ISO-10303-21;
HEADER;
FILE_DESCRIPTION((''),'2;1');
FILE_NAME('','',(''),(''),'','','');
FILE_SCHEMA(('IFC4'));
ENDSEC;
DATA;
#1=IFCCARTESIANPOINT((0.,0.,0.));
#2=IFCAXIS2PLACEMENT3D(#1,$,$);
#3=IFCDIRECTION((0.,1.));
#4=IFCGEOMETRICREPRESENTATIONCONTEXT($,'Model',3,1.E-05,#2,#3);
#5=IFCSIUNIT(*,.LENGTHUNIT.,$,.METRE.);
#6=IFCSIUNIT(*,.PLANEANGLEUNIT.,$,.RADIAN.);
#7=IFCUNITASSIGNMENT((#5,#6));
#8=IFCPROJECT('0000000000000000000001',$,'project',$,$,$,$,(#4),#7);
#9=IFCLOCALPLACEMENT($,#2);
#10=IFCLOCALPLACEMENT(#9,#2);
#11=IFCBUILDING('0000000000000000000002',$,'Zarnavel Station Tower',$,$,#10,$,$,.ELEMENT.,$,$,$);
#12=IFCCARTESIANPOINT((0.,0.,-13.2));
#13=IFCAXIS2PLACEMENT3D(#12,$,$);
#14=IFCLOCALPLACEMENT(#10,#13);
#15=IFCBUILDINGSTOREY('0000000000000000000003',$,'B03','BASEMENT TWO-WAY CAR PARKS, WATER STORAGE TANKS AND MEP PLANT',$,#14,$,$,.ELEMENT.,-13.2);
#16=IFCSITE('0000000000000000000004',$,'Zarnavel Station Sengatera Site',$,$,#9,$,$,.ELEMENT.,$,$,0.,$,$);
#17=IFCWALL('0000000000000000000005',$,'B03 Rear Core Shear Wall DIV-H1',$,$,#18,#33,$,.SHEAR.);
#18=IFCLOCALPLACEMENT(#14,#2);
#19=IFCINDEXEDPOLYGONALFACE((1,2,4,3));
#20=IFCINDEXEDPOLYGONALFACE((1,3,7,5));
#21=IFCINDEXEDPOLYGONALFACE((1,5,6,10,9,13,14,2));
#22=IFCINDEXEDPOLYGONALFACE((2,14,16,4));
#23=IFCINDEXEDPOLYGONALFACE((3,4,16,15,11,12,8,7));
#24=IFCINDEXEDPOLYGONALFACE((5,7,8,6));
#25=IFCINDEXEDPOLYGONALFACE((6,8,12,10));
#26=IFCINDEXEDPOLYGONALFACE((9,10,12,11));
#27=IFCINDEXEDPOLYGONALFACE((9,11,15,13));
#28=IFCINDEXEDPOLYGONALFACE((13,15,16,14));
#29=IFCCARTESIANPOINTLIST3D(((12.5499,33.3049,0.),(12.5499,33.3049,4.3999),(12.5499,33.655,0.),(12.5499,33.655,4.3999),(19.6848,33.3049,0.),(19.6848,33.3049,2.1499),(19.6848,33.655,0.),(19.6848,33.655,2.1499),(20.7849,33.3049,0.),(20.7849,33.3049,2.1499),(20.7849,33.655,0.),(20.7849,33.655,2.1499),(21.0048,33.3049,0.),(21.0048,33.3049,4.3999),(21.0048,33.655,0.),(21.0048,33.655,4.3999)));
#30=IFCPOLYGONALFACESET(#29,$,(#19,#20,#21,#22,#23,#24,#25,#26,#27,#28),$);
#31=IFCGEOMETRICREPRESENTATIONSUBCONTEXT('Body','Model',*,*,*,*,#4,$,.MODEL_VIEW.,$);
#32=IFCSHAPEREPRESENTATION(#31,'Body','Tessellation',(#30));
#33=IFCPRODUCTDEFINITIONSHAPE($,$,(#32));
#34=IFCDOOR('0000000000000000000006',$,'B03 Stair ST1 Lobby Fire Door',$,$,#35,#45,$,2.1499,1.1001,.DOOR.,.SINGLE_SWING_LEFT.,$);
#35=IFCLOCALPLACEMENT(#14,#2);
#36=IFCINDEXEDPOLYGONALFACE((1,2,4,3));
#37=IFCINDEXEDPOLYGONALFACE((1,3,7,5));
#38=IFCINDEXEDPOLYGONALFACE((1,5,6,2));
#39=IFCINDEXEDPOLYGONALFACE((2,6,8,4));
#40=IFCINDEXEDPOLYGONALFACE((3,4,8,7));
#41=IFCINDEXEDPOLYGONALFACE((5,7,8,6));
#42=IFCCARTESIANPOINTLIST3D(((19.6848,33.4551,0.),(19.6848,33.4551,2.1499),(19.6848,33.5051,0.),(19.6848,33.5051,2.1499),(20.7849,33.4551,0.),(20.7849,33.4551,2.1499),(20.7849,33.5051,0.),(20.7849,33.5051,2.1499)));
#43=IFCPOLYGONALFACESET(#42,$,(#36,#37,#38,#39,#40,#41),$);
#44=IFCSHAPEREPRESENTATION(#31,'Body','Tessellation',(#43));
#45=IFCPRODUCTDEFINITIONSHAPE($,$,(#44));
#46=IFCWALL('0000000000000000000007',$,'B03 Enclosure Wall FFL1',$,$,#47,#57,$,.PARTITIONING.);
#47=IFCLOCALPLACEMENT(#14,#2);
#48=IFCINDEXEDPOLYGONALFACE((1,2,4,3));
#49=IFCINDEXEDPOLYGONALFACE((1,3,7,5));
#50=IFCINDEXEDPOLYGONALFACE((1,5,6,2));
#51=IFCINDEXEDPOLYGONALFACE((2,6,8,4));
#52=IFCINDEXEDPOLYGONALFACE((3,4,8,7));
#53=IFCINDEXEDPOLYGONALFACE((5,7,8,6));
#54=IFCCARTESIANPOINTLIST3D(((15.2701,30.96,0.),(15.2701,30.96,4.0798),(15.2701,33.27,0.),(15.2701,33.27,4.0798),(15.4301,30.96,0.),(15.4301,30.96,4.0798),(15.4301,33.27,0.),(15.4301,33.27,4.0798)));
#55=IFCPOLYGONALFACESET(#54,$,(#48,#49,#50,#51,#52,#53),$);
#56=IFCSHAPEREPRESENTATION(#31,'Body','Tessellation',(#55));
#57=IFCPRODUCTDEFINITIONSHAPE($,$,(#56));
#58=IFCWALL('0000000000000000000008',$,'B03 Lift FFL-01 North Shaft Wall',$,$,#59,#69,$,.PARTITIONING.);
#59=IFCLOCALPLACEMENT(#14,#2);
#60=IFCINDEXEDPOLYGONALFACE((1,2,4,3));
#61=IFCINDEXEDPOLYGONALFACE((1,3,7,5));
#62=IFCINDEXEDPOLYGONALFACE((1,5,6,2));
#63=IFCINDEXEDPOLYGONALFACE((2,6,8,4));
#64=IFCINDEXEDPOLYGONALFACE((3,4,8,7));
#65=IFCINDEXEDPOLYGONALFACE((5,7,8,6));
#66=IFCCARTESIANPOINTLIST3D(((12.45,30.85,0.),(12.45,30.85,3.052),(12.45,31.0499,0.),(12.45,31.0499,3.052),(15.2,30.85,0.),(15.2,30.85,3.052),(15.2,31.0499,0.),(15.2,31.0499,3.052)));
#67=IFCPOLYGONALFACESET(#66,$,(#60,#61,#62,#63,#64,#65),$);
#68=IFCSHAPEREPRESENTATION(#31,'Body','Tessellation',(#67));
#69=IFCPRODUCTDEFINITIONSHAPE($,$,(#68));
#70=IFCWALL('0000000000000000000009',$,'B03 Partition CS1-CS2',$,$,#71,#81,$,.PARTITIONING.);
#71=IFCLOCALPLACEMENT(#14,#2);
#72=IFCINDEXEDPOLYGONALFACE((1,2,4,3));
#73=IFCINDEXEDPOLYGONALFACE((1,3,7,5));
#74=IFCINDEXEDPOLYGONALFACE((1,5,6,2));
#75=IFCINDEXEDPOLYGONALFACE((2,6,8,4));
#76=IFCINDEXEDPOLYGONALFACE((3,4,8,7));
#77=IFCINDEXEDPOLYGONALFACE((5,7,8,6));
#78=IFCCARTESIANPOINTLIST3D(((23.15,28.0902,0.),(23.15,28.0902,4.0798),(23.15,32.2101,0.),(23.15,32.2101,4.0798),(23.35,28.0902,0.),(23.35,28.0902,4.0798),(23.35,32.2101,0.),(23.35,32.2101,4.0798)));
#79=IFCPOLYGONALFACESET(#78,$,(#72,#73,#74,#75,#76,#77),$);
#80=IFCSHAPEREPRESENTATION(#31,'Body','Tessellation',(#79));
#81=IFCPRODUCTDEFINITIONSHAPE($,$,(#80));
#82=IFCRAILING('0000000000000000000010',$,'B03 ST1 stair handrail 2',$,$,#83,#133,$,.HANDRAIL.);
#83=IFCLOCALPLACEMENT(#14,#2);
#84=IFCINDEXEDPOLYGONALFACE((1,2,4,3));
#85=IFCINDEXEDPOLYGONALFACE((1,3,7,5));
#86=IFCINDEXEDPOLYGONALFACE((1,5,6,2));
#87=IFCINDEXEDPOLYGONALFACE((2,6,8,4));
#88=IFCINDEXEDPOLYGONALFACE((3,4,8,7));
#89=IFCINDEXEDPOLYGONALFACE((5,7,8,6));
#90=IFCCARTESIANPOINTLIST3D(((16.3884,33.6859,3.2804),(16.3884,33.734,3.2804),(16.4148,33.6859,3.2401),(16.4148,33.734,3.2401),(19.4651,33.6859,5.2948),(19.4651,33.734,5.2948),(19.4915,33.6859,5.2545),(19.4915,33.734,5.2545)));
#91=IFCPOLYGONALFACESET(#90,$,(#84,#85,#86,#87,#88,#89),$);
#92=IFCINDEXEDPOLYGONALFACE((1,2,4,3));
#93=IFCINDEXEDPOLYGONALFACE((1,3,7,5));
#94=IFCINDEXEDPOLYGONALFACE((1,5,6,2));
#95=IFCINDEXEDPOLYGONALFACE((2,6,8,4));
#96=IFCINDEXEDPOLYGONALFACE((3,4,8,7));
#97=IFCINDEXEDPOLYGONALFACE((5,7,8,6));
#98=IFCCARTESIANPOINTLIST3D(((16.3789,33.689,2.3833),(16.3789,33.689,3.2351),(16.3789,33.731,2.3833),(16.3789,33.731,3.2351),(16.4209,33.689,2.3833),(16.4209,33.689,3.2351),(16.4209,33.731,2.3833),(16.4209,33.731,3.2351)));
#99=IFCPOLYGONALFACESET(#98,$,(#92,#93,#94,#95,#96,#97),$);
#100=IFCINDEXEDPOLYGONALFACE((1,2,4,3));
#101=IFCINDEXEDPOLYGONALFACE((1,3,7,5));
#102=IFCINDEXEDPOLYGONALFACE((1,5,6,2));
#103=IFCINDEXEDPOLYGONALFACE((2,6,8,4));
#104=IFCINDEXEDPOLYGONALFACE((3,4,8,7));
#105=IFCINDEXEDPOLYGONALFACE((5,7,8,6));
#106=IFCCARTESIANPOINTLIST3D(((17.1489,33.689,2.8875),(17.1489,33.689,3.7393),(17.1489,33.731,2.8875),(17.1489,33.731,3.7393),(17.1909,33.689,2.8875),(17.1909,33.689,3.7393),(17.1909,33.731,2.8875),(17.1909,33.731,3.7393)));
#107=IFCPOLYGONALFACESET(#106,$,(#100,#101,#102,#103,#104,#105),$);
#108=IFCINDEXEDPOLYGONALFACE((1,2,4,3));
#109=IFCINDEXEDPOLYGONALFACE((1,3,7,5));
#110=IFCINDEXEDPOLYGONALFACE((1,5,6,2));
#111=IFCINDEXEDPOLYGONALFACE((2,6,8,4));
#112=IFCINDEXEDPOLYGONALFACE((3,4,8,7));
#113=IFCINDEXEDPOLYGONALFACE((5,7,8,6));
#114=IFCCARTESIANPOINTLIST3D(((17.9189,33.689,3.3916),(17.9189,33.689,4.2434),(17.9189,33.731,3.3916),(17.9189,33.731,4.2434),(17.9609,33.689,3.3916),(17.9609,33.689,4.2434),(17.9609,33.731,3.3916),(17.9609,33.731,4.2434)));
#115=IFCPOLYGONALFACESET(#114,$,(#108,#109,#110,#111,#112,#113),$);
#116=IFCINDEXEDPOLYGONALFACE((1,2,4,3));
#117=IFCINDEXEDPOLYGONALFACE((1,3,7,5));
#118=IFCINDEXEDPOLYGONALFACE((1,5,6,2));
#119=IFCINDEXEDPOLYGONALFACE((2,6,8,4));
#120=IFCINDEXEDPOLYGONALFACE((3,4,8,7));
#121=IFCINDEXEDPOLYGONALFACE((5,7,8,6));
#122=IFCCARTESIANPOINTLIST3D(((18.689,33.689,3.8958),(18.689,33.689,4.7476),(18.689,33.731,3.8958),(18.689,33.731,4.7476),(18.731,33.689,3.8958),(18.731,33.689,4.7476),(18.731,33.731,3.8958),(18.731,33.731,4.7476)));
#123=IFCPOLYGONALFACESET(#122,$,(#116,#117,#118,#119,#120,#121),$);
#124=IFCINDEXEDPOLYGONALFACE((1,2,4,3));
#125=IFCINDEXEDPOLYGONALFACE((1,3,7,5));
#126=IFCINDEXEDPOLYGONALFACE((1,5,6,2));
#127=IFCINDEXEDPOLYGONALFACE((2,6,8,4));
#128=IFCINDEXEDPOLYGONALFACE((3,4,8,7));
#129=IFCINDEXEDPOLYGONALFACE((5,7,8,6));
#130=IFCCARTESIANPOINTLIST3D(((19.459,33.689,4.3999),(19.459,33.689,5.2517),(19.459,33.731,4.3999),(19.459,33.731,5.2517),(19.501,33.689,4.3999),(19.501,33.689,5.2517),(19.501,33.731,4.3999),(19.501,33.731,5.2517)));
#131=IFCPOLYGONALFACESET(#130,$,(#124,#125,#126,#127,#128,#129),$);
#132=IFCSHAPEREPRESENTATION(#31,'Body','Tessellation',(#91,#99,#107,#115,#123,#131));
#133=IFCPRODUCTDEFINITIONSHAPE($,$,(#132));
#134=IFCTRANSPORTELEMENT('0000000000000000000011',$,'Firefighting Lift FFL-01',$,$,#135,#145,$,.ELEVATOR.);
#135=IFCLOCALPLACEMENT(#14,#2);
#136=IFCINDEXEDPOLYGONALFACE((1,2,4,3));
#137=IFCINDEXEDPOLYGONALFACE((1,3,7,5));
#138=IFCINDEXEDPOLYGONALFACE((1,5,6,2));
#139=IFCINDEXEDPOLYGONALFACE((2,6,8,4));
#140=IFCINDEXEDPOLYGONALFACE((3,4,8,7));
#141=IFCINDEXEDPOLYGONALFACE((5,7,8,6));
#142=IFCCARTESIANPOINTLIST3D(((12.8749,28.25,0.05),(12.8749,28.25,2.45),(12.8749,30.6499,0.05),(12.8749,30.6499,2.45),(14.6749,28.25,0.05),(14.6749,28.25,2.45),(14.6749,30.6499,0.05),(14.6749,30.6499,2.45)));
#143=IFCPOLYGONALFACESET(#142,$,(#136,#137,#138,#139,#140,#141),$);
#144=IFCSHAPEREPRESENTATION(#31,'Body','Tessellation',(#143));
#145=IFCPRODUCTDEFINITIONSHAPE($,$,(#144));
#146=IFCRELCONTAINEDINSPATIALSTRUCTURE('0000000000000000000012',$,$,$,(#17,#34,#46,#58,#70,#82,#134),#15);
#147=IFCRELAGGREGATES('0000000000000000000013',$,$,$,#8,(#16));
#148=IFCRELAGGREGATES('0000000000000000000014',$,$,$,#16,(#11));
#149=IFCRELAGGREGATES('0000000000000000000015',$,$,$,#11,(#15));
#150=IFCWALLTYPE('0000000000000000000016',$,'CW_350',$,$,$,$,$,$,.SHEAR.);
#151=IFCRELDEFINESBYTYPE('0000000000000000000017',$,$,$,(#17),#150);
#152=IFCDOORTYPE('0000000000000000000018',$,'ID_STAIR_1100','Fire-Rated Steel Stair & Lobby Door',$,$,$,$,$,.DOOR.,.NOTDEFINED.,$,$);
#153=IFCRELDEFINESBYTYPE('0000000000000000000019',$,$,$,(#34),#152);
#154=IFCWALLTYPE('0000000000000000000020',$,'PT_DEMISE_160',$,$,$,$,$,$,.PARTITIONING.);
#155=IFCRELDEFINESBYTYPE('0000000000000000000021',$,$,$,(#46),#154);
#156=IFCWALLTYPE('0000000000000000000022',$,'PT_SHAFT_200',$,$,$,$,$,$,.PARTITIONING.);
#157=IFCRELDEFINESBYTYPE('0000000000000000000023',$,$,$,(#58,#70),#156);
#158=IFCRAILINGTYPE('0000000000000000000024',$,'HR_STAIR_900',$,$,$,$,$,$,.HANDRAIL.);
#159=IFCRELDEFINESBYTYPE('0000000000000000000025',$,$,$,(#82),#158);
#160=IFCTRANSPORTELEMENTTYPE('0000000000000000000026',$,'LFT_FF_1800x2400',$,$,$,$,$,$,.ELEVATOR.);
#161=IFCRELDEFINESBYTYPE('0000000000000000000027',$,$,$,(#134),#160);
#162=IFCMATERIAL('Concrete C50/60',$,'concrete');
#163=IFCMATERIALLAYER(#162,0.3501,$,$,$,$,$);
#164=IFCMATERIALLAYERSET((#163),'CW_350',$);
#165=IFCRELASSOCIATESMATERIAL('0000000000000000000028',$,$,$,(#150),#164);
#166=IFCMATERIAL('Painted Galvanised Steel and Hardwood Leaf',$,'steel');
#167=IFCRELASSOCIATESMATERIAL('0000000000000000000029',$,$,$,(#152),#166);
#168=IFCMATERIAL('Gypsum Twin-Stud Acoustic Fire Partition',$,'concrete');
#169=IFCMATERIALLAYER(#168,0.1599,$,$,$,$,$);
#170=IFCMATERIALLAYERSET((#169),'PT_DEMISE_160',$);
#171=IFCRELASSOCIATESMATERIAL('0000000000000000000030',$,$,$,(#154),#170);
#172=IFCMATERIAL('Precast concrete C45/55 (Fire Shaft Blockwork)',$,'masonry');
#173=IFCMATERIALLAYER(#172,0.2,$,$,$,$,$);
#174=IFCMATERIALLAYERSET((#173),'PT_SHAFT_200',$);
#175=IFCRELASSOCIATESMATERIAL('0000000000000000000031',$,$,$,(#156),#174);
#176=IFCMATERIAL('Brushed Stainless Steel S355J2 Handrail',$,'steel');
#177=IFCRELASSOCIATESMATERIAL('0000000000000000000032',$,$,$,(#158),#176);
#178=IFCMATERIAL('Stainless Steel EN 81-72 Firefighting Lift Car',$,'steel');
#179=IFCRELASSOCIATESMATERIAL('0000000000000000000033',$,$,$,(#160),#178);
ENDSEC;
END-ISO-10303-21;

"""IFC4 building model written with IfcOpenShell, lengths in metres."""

from ifc_helpers import new_model, si_unit, direction, frame, frame_2d, origin, origin_2d, place, context, subcontext, project, spatial, rectangle, extrude, material, layer, layer_set, type_object, element, fill, save


model = new_model("IFC4")

# Units and contexts
model_context = context("Model", 3, precision=1e-05, world=origin(), true_north=direction((0.0, 1.0)))
body_context = subcontext(model_context, "Body", "Model", "MODEL_VIEW")
ifc_project = project(units=[si_unit("LENGTHUNIT", "METRE"), si_unit("PLANEANGLEUNIT", "RADIAN")], contexts=[model_context])

# Site, building, storey
site_placement = place(None, origin())
site = spatial("IfcSite", under=ifc_project, at=site_placement, Name="Zarnavel Station Sengatera Site", CompositionType="ELEMENT", RefElevation=0.0)
building_placement = place(site_placement, origin())
building = spatial("IfcBuilding", under=site, at=building_placement, Name="Zarnavel Station Tower", CompositionType="ELEMENT")
storey_placement = place(building_placement, frame((0.0, 0.0, -13.2)))
storey = spatial("IfcBuildingStorey", under=building, at=storey_placement, Name="B03", Description="BASEMENT TWO-WAY CAR PARKS, WATER STORAGE TANKS AND MEP PLANT", CompositionType="ELEMENT", Elevation=-13.2)

# Shared definitions
ifc_material_1 = material(Name="Concrete C50/60", Category="concrete")
ifc_layer_1 = layer(ifc_material_1, 0.3501)
ifc_layer_set_1 = layer_set([ifc_layer_1], Name="CW_350")
wall_type_1 = type_object("IfcWallType", Name="CW_350", PredefinedType="SHEAR", material=ifc_layer_set_1)

# Wall, opening, door
wall_1_placement = place(storey_placement, frame((21.0049, 33.48, 0.0), z_axis=(0.0, 0.0, 1.0), x_axis=(-1.0, 0.0, 0.0)))
wall_1 = element("IfcWall", 1, at=wall_1_placement, inside=storey, type_object=wall_type_1, Name="B03 Rear Core Shear Wall DIV-H1", PredefinedType="SHEAR", context=body_context, shape_type="SweptSolid", body=[
    extrude(rectangle(XDim=8.4548, YDim=0.3501, at=frame_2d((4.2275, 0.0))), origin(), (0.0, 0.0, 1.0), 4.3999),
])
opening_1_placement = place(wall_1_placement, frame((0.22, 0.0, 0.0)))
opening_1 = element("IfcOpeningElement", 2, at=opening_1_placement, cuts=wall_1, PredefinedType="OPENING", context=body_context, shape_type="SweptSolid", body=[
    extrude(rectangle(XDim=1.1001, YDim=2.1499, at=frame_2d((0.55, 1.075))), frame((0.0, 0.1851, 0.0), z_axis=(0.0, -1.0, 0.0), x_axis=(1.0, 0.0, 0.0)), (0.0, 0.0, 1.0), 0.3701),
])
ifc_material_2 = material(Name="Painted Galvanised Steel and Hardwood Leaf", Category="steel")
door_type_1 = type_object("IfcDoorType", Name="ID_STAIR_1100", Description="Fire-Rated Steel Stair & Lobby Door", OperationType="NOTDEFINED", PredefinedType="DOOR", material=ifc_material_2)
door_1_placement = place(opening_1_placement, origin())
door_1 = element("IfcDoor", 3, at=door_1_placement, inside=storey, type_object=door_type_1, Name="B03 Stair ST1 Lobby Fire Door", OperationType="SINGLE_SWING_LEFT", OverallHeight=2.1499, OverallWidth=1.1001, PredefinedType="DOOR", context=body_context, shape_type="SweptSolid", body=[
    extrude(rectangle(XDim=1.1001, YDim=2.1499, at=frame_2d((0.55, 1.075))), frame((0.0, 0.0249, 0.0), z_axis=(0.0, -1.0, 0.0), x_axis=(1.0, 0.0, 0.0)), (0.0, 0.0, 1.0), 0.05),
])
fill(opening_1, door_1)

# Wall
ifc_material_3 = material(Name="Gypsum Twin-Stud Acoustic Fire Partition", Category="concrete")
ifc_layer_2 = layer(ifc_material_3, 0.1599)
ifc_layer_set_2 = layer_set([ifc_layer_2], Name="PT_DEMISE_160")
wall_type_2 = type_object("IfcWallType", Name="PT_DEMISE_160", PredefinedType="PARTITIONING", material=ifc_layer_set_2)
wall_2_placement = place(storey_placement, frame((15.3501, 30.96, 0.0), z_axis=(0.0, 0.0, 1.0), x_axis=(0.0, 1.0, 0.0)))
element("IfcWall", 4, at=wall_2_placement, inside=storey, type_object=wall_type_2, Name="B03 Enclosure Wall FFL1", PredefinedType="PARTITIONING", context=body_context, shape_type="SweptSolid", body=[
    extrude(rectangle(XDim=2.3101, YDim=0.1599, at=frame_2d((1.155, 0.0))), origin(), (0.0, 0.0, 1.0), 4.0798),
])

# Shared definitions
ifc_material_4 = material(Name="Precast concrete C45/55 (Fire Shaft Blockwork)", Category="masonry")
ifc_layer_3 = layer(ifc_material_4, 0.2)
ifc_layer_set_3 = layer_set([ifc_layer_3], Name="PT_SHAFT_200")
wall_type_3 = type_object("IfcWallType", Name="PT_SHAFT_200", PredefinedType="PARTITIONING", material=ifc_layer_set_3)

# Wall
wall_3_placement = place(storey_placement, frame((12.45, 30.95, 0.0), z_axis=(0.0, 0.0, 1.0), x_axis=(1.0, 0.0, 0.0)))
element("IfcWall", 5, at=wall_3_placement, inside=storey, type_object=wall_type_3, Name="B03 Lift FFL-01 North Shaft Wall", PredefinedType="PARTITIONING", context=body_context, shape_type="SweptSolid", body=[
    extrude(rectangle(XDim=2.75, YDim=0.2, at=frame_2d((1.375, 0.0))), origin(), (0.0, 0.0, 1.0), 3.052),
])

# Wall
wall_4_placement = place(storey_placement, frame((23.25, 28.0901, 0.0), z_axis=(0.0, 0.0, 1.0), x_axis=(0.0, 1.0, 0.0)))
element("IfcWall", 6, at=wall_4_placement, inside=storey, type_object=wall_type_3, Name="B03 Partition CS1-CS2", PredefinedType="PARTITIONING", context=body_context, shape_type="SweptSolid", body=[
    extrude(rectangle(XDim=4.1199, YDim=0.2, at=frame_2d((2.0601, 0.0))), origin(), (0.0, 0.0, 1.0), 4.0798),
])

# Railing
ifc_material_5 = material(Name="Brushed Stainless Steel S355J2 Handrail", Category="steel")
railing_type = type_object("IfcRailingType", Name="HR_STAIR_900", PredefinedType="HANDRAIL", material=ifc_material_5)
railing_placement = place(storey_placement, frame((16.3999, 33.71, 2.3833)))
element("IfcRailing", 7, at=railing_placement, inside=storey, type_object=railing_type, Name="B03 ST1 stair handrail 2", PredefinedType="HANDRAIL", context=body_context, shape_type="SweptSolid", body=[
    extrude(rectangle(XDim=0.0481, YDim=0.0481, at=origin_2d()), frame((0.0017, 0.0, 0.877), z_axis=(0.836633, 0.0, 0.547764), x_axis=(0.0, 1.0, 0.0)), (0.0, 0.0, 1.0), 3.6775),
    extrude(rectangle(XDim=0.042, YDim=0.042, at=origin_2d()), origin(), (0.0, 0.0, 1.0), 0.8518),
    extrude(rectangle(XDim=0.042, YDim=0.042, at=origin_2d()), frame((0.77, 0.0, 0.5042)), (0.0, 0.0, 1.0), 0.8518),
    extrude(rectangle(XDim=0.042, YDim=0.042, at=origin_2d()), frame((1.54, 0.0, 1.0083)), (0.0, 0.0, 1.0), 0.8518),
    extrude(rectangle(XDim=0.042, YDim=0.042, at=origin_2d()), frame((2.3101, 0.0, 1.5125)), (0.0, 0.0, 1.0), 0.8518),
    extrude(rectangle(XDim=0.042, YDim=0.042, at=origin_2d()), frame((3.0801, 0.0, 2.0166)), (0.0, 0.0, 1.0), 0.8518),
])

# Transport element
ifc_material_6 = material(Name="Stainless Steel EN 81-72 Firefighting Lift Car", Category="steel")
transport_element_type = type_object("IfcTransportElementType", Name="LFT_FF_1800x2400", PredefinedType="ELEVATOR", material=ifc_material_6)
transport_element_placement = place(storey_placement, frame((13.7749, 29.45, 0.05), z_axis=(0.0, 0.0, 1.0), x_axis=(1.0, 0.0, 0.0)))
element("IfcTransportElement", 8, at=transport_element_placement, inside=storey, type_object=transport_element_type, Name="Firefighting Lift FFL-01", PredefinedType="ELEVATOR", context=body_context, shape_type="SweptSolid", body=[
    extrude(rectangle(XDim=1.8, YDim=2.3999, at=origin_2d()), origin(), (0.0, 0.0, 1.0), 2.3999),
])

save(model, "model.ifc")
